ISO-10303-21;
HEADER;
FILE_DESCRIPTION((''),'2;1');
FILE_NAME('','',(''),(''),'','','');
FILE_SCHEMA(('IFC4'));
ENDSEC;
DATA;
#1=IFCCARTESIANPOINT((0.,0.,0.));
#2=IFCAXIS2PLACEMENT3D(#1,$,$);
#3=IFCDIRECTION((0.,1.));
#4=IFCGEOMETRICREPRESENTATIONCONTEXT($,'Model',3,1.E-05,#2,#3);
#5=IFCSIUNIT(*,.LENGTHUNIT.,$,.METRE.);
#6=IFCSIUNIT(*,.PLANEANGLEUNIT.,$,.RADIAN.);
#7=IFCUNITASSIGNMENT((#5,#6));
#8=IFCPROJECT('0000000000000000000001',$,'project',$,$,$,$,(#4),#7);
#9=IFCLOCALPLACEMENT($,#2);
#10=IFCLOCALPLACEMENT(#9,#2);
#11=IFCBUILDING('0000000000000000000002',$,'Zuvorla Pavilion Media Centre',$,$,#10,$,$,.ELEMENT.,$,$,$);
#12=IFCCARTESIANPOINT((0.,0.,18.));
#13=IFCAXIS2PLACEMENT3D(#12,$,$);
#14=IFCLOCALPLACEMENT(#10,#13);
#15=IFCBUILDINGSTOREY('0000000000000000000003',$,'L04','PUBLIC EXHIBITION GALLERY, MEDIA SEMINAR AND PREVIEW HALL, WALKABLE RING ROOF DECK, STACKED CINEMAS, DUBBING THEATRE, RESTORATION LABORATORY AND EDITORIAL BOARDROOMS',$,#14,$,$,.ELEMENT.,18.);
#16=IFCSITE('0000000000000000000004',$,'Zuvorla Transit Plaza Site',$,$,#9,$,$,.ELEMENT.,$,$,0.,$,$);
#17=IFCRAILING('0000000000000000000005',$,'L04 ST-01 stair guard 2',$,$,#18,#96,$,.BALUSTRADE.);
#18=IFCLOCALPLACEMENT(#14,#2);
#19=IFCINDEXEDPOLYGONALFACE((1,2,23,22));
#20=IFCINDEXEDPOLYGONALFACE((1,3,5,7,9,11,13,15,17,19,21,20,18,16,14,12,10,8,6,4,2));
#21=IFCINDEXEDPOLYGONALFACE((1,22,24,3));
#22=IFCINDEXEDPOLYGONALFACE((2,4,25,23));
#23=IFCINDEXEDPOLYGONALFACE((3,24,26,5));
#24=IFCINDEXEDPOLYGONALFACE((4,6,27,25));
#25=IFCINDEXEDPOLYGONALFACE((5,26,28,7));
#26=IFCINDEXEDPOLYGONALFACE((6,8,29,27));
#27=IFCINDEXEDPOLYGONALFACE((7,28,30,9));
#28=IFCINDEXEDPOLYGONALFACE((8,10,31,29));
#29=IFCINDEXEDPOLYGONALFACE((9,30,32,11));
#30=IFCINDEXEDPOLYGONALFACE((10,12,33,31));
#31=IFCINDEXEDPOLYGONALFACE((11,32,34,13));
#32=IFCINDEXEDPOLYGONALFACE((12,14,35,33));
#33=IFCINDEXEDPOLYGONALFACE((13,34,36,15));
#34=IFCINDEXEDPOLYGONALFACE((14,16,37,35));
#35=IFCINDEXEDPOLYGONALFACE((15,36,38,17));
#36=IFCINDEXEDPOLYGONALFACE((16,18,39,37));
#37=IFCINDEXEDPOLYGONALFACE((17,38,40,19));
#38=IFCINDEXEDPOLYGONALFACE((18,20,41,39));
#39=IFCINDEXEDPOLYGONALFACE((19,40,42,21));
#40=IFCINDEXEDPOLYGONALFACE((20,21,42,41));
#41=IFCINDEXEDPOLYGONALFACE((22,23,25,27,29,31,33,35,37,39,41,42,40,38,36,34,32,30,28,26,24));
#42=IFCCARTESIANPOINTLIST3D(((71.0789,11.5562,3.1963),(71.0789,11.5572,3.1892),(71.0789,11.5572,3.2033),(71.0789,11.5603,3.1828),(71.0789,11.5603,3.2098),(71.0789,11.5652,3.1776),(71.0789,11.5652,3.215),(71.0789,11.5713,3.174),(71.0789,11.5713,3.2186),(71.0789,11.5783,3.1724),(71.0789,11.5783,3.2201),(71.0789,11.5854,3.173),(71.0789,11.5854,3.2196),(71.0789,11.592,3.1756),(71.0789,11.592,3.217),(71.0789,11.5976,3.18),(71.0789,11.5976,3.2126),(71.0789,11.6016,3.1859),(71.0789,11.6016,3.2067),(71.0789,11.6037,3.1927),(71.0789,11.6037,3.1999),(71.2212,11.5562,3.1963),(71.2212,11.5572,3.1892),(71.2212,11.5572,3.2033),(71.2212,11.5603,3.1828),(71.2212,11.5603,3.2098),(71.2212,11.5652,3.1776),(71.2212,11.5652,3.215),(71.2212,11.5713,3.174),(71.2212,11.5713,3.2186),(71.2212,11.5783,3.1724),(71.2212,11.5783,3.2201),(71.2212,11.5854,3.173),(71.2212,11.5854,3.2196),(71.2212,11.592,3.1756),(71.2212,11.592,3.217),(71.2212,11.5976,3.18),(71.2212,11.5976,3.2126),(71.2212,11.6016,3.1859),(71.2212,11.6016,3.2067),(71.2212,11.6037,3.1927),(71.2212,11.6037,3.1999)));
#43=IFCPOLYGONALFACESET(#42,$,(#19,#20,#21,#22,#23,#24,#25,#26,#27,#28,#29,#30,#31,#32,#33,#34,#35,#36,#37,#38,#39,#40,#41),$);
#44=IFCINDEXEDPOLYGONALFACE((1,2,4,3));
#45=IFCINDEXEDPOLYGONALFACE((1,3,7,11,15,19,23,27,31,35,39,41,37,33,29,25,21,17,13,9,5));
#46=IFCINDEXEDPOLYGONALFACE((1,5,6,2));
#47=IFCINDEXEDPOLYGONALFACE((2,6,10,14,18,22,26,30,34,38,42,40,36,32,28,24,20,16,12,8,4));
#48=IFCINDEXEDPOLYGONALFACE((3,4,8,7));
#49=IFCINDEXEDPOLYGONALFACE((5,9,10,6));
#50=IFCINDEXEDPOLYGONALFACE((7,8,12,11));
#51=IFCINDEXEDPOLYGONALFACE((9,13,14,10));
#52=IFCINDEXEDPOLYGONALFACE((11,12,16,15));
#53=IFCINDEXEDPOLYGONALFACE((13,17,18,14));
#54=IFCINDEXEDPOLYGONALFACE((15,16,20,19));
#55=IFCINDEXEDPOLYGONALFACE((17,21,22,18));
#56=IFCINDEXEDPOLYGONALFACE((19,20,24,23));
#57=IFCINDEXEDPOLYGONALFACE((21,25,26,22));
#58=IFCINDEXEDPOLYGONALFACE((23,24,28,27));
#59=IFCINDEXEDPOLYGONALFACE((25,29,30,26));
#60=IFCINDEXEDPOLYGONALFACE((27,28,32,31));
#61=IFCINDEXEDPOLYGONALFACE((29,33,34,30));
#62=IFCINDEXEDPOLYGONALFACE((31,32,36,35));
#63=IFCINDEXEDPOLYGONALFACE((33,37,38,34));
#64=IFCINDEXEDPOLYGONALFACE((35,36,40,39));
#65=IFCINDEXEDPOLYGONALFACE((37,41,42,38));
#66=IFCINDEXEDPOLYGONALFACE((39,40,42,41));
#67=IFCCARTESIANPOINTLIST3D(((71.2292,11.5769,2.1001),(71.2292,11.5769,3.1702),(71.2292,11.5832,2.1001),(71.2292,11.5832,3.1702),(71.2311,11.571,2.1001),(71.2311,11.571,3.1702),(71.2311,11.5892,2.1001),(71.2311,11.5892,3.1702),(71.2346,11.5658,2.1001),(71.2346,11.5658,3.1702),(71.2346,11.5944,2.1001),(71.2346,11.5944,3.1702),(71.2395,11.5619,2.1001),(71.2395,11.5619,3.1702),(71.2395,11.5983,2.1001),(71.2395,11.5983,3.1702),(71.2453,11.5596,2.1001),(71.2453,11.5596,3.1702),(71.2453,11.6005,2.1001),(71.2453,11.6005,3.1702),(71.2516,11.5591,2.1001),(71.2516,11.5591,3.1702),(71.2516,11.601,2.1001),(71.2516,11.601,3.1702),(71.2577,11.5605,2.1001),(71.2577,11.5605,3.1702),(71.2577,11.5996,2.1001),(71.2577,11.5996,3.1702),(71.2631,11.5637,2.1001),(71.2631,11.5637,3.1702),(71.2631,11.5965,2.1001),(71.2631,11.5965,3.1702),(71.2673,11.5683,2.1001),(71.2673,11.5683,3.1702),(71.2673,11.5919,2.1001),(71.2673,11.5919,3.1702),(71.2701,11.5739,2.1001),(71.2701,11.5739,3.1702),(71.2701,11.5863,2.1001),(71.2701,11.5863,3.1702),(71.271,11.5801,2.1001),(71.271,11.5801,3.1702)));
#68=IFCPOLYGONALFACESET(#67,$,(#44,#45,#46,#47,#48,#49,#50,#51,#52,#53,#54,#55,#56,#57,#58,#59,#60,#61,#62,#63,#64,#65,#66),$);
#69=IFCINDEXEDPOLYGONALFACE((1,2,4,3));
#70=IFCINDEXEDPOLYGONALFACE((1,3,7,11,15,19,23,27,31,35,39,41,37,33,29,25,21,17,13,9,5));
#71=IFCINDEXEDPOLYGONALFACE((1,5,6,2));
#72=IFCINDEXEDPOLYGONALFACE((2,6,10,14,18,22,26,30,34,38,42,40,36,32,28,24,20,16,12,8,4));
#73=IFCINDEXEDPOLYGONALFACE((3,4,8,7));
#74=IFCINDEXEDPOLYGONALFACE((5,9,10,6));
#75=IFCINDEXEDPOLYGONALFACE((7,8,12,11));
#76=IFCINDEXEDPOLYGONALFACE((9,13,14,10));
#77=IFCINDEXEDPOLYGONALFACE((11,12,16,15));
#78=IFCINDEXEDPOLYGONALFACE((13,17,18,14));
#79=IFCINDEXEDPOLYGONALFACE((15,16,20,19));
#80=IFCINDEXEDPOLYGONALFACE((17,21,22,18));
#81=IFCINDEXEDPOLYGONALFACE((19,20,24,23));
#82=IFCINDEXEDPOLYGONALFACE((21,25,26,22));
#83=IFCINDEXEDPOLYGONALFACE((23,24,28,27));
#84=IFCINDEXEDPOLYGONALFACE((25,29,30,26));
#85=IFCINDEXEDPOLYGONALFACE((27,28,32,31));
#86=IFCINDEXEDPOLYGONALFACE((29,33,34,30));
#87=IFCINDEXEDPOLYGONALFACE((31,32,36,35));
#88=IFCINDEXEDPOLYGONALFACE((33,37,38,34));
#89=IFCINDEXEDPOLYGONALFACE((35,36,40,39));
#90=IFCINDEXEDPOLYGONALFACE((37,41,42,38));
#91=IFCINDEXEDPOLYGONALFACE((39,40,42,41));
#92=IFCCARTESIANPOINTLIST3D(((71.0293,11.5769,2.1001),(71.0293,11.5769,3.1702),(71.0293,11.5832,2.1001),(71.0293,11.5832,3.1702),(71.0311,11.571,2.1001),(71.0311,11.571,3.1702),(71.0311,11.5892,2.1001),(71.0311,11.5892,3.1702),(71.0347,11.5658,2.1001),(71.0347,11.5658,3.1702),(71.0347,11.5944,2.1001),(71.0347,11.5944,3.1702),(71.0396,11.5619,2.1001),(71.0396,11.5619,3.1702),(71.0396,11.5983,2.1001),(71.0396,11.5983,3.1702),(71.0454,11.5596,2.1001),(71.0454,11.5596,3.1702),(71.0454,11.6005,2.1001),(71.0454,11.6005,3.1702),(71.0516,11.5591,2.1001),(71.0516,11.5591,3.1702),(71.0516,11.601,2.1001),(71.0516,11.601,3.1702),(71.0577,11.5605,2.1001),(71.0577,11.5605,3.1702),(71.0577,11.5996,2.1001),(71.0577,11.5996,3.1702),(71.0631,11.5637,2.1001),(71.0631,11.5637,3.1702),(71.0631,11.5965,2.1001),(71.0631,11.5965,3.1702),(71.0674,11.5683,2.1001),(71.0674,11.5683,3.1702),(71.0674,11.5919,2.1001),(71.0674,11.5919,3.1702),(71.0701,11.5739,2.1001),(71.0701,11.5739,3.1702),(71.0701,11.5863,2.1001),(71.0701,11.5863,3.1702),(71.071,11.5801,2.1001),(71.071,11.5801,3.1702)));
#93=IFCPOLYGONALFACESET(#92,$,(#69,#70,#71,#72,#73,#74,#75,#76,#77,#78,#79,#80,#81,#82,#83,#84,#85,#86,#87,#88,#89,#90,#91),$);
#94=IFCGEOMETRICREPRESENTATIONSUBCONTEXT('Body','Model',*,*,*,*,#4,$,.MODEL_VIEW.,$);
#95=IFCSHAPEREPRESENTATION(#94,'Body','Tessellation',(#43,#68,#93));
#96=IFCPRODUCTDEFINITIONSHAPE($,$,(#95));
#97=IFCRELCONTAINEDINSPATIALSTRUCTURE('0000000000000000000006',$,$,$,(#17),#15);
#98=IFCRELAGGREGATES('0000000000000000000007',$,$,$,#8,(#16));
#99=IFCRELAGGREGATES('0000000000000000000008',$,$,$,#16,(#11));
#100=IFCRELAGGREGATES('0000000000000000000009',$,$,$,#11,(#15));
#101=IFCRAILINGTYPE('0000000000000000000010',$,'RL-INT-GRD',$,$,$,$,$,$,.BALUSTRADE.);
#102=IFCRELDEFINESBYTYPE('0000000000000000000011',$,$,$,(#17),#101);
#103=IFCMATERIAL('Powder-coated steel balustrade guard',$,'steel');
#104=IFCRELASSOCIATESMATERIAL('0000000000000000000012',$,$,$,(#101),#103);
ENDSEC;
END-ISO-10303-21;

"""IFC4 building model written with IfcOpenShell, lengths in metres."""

from ifc_helpers import new_model, si_unit, direction, frame, origin, origin_2d, place, context, subcontext, project, spatial, circle, extrude, material, type_object, element, save


model = new_model("IFC4")

# Units and contexts
model_context = context("Model", 3, precision=1e-05, world=origin(), true_north=direction((0.0, 1.0)))
body_context = subcontext(model_context, "Body", "Model", "MODEL_VIEW")
ifc_project = project(units=[si_unit("LENGTHUNIT", "METRE"), si_unit("PLANEANGLEUNIT", "RADIAN")], contexts=[model_context])

# Site, building, storey
site_placement = place(None, origin())
site = spatial("IfcSite", under=ifc_project, at=site_placement, Name="Zuvorla Transit Plaza Site", CompositionType="ELEMENT", RefElevation=0.0)
building_placement = place(site_placement, origin())
building = spatial("IfcBuilding", under=site, at=building_placement, Name="Zuvorla Pavilion Media Centre", CompositionType="ELEMENT")
storey_placement = place(building_placement, frame((0.0, 0.0, 18.0)))
storey = spatial("IfcBuildingStorey", under=building, at=storey_placement, Name="L04", Description="PUBLIC EXHIBITION GALLERY, MEDIA SEMINAR AND PREVIEW HALL, WALKABLE RING ROOF DECK, STACKED CINEMAS, DUBBING THEATRE, RESTORATION LABORATORY AND EDITORIAL BOARDROOMS", CompositionType="ELEMENT", Elevation=18.0)

# Railing
ifc_material_1 = material(Name="Powder-coated steel balustrade guard", Category="steel")
railing_type_1 = type_object("IfcRailingType", Name="RL-INT-GRD", PredefinedType="BALUSTRADE", material=ifc_material_1)
railing_1_placement = place(storey_placement, frame((71.25, 11.5801, 2.1001)))
element("IfcRailing", 1, at=railing_1_placement, inside=storey, type_object=railing_type_1, Name="L04 ST-01 stair guard 2", PredefinedType="BALUSTRADE", context=body_context, shape_type="SweptSolid", body=[
    extrude(circle(Radius=0.0239, at=origin_2d()), frame((-0.0288, 0.0, 1.0962), z_axis=(-1.0, 0.0, 0.0), x_axis=(0.0, -1.0, 0.0)), (0.0, 0.0, 1.0), 0.1423),
    extrude(circle(Radius=0.021, at=origin_2d()), origin(), (0.0, 0.0, 1.0), 1.0701),
    extrude(circle(Radius=0.021, at=origin_2d()), frame((-0.2, 0.0, 0.0)), (0.0, 0.0, 1.0), 1.0701),
])

save(model, "model.ifc")
